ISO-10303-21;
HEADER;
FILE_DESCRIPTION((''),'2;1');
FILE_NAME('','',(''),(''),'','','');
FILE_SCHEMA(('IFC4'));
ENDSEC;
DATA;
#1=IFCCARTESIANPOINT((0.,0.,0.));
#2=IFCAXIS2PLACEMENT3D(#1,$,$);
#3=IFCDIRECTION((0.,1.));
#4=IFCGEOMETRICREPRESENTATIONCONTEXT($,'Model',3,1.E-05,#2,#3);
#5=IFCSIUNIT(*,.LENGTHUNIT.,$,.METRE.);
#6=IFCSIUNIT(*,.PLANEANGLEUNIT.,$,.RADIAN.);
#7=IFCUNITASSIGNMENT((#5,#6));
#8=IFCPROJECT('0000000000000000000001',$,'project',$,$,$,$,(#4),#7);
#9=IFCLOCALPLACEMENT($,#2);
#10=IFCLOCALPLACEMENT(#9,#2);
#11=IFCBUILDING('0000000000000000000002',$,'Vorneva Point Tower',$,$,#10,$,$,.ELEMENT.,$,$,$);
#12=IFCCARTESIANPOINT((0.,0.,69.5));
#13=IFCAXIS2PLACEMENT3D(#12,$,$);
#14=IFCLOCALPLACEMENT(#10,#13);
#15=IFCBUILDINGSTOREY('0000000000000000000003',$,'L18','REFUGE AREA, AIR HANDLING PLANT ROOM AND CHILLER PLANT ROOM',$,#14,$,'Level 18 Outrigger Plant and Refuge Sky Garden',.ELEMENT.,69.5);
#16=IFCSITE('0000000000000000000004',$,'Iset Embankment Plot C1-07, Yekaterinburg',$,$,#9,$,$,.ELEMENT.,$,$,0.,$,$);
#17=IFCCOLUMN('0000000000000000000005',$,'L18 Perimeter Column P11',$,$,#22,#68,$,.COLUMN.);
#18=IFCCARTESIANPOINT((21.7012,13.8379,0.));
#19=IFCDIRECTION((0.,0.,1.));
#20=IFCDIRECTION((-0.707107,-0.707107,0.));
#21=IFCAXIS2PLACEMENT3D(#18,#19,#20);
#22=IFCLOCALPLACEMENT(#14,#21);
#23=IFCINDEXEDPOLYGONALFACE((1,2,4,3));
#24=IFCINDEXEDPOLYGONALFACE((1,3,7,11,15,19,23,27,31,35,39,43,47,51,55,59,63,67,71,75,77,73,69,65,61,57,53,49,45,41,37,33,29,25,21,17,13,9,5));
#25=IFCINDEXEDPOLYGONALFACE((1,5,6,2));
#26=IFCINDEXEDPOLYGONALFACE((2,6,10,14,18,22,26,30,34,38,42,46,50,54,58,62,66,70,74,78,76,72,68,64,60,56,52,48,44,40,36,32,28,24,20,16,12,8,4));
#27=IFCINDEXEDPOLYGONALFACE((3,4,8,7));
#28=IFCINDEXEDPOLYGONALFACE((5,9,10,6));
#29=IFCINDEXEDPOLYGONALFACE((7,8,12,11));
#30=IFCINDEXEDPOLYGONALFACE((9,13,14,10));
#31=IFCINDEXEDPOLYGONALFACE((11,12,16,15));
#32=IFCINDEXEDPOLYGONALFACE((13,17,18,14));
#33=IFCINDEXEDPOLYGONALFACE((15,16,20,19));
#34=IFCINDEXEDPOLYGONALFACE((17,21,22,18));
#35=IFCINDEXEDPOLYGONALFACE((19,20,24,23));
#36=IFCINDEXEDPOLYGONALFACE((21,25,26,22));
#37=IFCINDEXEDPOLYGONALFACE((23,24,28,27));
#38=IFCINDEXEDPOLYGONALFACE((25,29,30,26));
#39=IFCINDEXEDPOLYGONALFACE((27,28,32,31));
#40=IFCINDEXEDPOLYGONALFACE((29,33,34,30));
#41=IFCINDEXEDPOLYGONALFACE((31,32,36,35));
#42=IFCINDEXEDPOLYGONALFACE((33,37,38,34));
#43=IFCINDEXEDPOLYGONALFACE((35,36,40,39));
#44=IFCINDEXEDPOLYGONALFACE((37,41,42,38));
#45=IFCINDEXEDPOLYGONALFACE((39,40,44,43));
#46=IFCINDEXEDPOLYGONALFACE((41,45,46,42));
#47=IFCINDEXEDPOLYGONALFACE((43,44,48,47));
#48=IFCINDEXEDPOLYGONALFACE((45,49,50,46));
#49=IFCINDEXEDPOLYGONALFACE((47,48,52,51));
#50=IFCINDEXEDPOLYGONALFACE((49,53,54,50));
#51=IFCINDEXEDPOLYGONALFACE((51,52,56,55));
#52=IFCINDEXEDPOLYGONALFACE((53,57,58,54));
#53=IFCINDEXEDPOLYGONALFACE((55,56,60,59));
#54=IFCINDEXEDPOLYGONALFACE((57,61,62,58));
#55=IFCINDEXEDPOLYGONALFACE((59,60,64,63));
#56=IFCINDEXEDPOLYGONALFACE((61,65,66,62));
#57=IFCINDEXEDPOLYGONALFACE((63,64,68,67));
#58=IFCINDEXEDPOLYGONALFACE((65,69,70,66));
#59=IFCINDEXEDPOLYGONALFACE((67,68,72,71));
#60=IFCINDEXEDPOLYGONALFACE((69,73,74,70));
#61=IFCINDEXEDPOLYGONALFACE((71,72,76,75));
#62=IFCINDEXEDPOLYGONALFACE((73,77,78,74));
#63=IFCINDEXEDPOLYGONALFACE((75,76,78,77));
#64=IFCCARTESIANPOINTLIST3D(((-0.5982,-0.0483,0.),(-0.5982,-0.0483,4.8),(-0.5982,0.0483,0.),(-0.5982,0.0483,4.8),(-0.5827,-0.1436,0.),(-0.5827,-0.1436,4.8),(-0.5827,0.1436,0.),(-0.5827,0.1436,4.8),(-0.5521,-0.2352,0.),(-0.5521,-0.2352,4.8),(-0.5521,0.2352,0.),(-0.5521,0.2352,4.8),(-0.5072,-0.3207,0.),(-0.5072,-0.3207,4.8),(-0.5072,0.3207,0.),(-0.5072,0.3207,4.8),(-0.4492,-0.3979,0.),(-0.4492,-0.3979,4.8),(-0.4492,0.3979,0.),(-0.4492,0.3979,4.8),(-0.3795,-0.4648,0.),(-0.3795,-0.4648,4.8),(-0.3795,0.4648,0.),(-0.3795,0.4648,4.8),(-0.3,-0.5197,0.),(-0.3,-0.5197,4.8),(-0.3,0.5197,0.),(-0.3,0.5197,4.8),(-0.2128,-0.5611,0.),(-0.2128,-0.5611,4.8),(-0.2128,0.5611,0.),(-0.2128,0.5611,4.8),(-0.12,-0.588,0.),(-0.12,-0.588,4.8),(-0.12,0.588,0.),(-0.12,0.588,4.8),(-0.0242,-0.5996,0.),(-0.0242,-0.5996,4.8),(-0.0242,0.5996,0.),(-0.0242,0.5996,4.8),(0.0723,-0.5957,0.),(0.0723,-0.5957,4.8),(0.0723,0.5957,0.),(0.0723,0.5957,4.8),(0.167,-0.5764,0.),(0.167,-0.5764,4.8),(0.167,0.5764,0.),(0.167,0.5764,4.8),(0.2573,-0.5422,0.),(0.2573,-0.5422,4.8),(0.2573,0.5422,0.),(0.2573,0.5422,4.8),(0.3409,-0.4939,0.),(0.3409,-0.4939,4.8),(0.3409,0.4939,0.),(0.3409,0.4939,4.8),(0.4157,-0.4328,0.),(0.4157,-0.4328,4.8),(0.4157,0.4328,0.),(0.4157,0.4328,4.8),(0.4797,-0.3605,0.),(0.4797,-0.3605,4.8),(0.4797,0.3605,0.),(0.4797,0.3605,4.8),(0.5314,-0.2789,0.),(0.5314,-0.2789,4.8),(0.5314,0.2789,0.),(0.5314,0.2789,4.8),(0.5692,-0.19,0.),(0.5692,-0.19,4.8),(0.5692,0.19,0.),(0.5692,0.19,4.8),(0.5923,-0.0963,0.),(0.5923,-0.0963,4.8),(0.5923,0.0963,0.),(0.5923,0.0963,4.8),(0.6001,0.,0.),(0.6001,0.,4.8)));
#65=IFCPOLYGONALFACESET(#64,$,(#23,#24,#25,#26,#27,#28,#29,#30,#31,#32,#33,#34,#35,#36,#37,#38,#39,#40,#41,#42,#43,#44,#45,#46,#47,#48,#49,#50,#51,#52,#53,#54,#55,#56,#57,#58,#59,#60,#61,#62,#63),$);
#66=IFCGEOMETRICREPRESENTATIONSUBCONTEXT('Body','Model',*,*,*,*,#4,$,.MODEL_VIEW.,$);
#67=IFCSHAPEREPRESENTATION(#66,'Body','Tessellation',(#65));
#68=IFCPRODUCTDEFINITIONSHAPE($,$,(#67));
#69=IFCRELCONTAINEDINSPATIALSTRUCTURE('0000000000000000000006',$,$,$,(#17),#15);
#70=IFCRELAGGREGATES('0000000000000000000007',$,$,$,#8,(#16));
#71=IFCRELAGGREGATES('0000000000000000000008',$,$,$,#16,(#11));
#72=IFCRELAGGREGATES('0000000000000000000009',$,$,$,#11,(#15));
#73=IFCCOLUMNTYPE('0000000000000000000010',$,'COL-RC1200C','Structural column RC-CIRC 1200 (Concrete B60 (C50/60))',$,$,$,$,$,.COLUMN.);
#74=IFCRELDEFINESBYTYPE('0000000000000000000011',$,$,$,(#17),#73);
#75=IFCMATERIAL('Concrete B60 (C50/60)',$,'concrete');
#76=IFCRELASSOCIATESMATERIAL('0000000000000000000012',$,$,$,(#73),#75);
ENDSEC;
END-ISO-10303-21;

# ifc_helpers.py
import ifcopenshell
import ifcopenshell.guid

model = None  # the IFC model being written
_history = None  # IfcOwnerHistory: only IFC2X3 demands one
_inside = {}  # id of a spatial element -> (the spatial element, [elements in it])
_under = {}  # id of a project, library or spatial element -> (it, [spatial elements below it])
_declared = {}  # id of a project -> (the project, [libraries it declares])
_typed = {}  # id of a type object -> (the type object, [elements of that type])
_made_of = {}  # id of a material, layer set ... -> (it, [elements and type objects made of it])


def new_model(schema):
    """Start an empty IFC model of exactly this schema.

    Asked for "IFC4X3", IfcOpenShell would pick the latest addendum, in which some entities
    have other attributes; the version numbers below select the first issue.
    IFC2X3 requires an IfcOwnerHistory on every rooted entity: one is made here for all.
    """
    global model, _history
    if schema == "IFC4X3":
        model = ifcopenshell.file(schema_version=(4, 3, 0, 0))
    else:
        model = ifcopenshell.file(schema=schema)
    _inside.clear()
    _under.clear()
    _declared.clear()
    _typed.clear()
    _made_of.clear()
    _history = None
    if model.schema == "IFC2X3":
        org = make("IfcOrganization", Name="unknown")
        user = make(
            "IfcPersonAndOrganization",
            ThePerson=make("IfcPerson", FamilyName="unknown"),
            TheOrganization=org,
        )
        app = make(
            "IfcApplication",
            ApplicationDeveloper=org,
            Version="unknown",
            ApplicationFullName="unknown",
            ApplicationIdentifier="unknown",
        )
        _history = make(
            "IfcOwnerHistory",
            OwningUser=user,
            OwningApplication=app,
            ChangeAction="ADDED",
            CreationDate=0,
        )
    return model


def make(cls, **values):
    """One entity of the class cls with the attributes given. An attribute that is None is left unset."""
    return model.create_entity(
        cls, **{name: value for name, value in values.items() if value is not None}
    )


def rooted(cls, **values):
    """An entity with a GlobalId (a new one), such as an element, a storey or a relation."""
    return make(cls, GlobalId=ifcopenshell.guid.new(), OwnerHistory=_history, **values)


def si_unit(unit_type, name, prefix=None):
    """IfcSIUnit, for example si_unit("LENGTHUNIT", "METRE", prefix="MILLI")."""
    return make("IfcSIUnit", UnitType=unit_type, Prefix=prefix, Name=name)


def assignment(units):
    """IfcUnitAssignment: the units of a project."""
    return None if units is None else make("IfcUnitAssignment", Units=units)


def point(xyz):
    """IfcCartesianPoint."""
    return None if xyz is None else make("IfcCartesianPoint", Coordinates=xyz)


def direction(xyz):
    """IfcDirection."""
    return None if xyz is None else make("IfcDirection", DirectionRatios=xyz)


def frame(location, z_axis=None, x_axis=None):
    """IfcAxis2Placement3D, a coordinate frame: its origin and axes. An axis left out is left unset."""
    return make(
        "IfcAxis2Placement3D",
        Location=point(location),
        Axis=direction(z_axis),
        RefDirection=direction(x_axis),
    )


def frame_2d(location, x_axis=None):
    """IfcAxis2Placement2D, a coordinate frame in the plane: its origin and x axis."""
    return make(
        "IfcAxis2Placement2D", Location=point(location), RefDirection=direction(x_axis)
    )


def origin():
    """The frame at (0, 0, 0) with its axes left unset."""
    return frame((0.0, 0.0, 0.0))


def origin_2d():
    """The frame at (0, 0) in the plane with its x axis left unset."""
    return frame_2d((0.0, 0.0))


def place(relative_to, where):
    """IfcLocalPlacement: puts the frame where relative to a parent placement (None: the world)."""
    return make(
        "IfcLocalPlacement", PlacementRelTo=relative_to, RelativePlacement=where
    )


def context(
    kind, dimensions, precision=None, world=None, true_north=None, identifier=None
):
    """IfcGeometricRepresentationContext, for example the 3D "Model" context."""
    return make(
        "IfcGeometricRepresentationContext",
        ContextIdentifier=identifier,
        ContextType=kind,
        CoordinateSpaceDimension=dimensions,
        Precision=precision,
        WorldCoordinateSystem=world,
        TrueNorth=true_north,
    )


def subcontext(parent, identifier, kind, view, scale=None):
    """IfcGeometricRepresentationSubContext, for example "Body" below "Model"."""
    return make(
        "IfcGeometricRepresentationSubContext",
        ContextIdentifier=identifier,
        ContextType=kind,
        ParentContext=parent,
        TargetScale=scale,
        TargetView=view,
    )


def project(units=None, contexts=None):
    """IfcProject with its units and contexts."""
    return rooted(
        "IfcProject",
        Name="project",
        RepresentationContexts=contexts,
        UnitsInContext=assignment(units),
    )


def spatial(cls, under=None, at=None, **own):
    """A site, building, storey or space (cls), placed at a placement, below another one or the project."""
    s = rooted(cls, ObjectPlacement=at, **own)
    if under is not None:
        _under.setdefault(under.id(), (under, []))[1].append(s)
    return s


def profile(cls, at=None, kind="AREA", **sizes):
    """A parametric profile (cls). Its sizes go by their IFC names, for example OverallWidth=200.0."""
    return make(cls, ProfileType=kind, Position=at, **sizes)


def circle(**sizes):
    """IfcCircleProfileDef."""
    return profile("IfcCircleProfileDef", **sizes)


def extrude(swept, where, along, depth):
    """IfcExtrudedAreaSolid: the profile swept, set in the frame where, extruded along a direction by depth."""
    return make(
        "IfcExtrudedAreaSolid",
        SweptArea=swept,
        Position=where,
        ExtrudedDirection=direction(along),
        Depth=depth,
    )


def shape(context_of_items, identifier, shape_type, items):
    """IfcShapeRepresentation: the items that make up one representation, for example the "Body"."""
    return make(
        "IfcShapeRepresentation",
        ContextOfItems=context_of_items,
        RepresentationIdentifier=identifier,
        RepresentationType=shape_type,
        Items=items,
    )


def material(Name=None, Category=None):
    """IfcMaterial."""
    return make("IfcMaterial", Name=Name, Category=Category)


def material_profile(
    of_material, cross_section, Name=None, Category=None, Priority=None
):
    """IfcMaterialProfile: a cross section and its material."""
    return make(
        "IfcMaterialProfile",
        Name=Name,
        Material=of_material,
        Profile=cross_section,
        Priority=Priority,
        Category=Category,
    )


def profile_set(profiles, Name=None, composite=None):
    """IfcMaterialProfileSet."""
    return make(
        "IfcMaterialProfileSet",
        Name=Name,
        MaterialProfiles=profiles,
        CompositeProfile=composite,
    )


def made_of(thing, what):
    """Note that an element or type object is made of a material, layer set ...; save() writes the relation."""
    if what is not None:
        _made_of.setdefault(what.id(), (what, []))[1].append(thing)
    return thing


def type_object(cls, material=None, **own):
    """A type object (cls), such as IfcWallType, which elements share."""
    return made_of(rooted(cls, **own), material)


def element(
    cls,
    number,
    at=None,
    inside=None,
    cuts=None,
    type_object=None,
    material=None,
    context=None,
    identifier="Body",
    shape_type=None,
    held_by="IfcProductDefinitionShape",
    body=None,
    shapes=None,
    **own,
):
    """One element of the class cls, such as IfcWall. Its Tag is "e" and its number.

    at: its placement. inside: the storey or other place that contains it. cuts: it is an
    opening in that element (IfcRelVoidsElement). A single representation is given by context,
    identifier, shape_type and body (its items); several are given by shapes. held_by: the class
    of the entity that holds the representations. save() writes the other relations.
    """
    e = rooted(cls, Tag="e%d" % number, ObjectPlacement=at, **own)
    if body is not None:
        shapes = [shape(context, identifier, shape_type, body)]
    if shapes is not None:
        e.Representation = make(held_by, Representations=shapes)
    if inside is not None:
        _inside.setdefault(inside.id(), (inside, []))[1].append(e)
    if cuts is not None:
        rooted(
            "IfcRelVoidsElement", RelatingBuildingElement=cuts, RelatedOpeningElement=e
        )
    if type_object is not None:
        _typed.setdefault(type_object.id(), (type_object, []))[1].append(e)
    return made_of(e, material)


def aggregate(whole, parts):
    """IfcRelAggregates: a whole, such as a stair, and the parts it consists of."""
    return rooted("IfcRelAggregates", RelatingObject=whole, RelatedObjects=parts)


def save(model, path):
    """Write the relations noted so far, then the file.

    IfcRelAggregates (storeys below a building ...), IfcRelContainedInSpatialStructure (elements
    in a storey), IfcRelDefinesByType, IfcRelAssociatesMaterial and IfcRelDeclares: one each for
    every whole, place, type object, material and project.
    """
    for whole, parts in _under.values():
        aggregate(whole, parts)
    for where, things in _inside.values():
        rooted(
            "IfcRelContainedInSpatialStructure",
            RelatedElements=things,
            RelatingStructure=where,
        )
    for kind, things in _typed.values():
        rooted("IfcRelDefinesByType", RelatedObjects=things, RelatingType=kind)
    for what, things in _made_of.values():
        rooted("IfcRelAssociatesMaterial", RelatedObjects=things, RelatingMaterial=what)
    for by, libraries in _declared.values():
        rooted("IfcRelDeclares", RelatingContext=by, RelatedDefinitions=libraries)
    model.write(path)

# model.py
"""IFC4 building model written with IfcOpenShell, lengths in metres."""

from ifc_helpers import new_model, si_unit, direction, frame, origin, origin_2d, place, context, subcontext, project, spatial, circle, extrude, material, material_profile, profile_set, type_object, element, save


model = new_model("IFC4")

# Units and contexts
model_context = context("Model", 3, precision=1e-05, world=origin(), true_north=direction((0.0, 1.0)))
body_context = subcontext(model_context, "Body", "Model", "MODEL_VIEW")
ifc_project = project(units=[si_unit("LENGTHUNIT", "METRE"), si_unit("PLANEANGLEUNIT", "RADIAN")], contexts=[model_context])

# Site, building, storey
site_placement = place(None, origin())
site = spatial("IfcSite", under=ifc_project, at=site_placement, Name="Iset Embankment Plot C1-07, Yekaterinburg", CompositionType="ELEMENT", RefElevation=0.0)
building_placement = place(site_placement, origin())
building = spatial("IfcBuilding", under=site, at=building_placement, Name="Vorneva Point Tower", CompositionType="ELEMENT")
storey_placement = place(building_placement, frame((0.0, 0.0, 69.5)))
storey = spatial("IfcBuildingStorey", under=building, at=storey_placement, Name="L18", Description="REFUGE AREA, AIR HANDLING PLANT ROOM AND CHILLER PLANT ROOM", LongName="Level 18 Outrigger Plant and Refuge Sky Garden", CompositionType="ELEMENT", Elevation=69.5)

# Column
ifc_material_1 = material(Name="Concrete B60 (C50/60)", Category="concrete")
ifc_material_profile_1 = material_profile(ifc_material_1, circle(Radius=0.6001, at=origin_2d()), Name="RC-CIRC 1200")
ifc_profile_set_1 = profile_set([ifc_material_profile_1], Name="Concrete B60 (C50/60)")
column_type = type_object("IfcColumnType", Name="COL-RC1200C", Description="Structural column RC-CIRC 1200 (Concrete B60 (C50/60))", PredefinedType="COLUMN", material=ifc_profile_set_1)
column_placement = place(storey_placement, frame((21.7012, 13.8379, 0.0), z_axis=(0.0, 0.0, 1.0), x_axis=(-0.707107, -0.707107, 0.0)))
element("IfcColumn", 1, at=column_placement, inside=storey, type_object=column_type, Name="L18 Perimeter Column P11", PredefinedType="COLUMN", context=body_context, shape_type="SweptSolid", body=[
    extrude(circle(Radius=0.6001, at=origin_2d()), origin(), (0.0, 0.0, 1.0), 4.8),
])

save(model, "model.ifc")
